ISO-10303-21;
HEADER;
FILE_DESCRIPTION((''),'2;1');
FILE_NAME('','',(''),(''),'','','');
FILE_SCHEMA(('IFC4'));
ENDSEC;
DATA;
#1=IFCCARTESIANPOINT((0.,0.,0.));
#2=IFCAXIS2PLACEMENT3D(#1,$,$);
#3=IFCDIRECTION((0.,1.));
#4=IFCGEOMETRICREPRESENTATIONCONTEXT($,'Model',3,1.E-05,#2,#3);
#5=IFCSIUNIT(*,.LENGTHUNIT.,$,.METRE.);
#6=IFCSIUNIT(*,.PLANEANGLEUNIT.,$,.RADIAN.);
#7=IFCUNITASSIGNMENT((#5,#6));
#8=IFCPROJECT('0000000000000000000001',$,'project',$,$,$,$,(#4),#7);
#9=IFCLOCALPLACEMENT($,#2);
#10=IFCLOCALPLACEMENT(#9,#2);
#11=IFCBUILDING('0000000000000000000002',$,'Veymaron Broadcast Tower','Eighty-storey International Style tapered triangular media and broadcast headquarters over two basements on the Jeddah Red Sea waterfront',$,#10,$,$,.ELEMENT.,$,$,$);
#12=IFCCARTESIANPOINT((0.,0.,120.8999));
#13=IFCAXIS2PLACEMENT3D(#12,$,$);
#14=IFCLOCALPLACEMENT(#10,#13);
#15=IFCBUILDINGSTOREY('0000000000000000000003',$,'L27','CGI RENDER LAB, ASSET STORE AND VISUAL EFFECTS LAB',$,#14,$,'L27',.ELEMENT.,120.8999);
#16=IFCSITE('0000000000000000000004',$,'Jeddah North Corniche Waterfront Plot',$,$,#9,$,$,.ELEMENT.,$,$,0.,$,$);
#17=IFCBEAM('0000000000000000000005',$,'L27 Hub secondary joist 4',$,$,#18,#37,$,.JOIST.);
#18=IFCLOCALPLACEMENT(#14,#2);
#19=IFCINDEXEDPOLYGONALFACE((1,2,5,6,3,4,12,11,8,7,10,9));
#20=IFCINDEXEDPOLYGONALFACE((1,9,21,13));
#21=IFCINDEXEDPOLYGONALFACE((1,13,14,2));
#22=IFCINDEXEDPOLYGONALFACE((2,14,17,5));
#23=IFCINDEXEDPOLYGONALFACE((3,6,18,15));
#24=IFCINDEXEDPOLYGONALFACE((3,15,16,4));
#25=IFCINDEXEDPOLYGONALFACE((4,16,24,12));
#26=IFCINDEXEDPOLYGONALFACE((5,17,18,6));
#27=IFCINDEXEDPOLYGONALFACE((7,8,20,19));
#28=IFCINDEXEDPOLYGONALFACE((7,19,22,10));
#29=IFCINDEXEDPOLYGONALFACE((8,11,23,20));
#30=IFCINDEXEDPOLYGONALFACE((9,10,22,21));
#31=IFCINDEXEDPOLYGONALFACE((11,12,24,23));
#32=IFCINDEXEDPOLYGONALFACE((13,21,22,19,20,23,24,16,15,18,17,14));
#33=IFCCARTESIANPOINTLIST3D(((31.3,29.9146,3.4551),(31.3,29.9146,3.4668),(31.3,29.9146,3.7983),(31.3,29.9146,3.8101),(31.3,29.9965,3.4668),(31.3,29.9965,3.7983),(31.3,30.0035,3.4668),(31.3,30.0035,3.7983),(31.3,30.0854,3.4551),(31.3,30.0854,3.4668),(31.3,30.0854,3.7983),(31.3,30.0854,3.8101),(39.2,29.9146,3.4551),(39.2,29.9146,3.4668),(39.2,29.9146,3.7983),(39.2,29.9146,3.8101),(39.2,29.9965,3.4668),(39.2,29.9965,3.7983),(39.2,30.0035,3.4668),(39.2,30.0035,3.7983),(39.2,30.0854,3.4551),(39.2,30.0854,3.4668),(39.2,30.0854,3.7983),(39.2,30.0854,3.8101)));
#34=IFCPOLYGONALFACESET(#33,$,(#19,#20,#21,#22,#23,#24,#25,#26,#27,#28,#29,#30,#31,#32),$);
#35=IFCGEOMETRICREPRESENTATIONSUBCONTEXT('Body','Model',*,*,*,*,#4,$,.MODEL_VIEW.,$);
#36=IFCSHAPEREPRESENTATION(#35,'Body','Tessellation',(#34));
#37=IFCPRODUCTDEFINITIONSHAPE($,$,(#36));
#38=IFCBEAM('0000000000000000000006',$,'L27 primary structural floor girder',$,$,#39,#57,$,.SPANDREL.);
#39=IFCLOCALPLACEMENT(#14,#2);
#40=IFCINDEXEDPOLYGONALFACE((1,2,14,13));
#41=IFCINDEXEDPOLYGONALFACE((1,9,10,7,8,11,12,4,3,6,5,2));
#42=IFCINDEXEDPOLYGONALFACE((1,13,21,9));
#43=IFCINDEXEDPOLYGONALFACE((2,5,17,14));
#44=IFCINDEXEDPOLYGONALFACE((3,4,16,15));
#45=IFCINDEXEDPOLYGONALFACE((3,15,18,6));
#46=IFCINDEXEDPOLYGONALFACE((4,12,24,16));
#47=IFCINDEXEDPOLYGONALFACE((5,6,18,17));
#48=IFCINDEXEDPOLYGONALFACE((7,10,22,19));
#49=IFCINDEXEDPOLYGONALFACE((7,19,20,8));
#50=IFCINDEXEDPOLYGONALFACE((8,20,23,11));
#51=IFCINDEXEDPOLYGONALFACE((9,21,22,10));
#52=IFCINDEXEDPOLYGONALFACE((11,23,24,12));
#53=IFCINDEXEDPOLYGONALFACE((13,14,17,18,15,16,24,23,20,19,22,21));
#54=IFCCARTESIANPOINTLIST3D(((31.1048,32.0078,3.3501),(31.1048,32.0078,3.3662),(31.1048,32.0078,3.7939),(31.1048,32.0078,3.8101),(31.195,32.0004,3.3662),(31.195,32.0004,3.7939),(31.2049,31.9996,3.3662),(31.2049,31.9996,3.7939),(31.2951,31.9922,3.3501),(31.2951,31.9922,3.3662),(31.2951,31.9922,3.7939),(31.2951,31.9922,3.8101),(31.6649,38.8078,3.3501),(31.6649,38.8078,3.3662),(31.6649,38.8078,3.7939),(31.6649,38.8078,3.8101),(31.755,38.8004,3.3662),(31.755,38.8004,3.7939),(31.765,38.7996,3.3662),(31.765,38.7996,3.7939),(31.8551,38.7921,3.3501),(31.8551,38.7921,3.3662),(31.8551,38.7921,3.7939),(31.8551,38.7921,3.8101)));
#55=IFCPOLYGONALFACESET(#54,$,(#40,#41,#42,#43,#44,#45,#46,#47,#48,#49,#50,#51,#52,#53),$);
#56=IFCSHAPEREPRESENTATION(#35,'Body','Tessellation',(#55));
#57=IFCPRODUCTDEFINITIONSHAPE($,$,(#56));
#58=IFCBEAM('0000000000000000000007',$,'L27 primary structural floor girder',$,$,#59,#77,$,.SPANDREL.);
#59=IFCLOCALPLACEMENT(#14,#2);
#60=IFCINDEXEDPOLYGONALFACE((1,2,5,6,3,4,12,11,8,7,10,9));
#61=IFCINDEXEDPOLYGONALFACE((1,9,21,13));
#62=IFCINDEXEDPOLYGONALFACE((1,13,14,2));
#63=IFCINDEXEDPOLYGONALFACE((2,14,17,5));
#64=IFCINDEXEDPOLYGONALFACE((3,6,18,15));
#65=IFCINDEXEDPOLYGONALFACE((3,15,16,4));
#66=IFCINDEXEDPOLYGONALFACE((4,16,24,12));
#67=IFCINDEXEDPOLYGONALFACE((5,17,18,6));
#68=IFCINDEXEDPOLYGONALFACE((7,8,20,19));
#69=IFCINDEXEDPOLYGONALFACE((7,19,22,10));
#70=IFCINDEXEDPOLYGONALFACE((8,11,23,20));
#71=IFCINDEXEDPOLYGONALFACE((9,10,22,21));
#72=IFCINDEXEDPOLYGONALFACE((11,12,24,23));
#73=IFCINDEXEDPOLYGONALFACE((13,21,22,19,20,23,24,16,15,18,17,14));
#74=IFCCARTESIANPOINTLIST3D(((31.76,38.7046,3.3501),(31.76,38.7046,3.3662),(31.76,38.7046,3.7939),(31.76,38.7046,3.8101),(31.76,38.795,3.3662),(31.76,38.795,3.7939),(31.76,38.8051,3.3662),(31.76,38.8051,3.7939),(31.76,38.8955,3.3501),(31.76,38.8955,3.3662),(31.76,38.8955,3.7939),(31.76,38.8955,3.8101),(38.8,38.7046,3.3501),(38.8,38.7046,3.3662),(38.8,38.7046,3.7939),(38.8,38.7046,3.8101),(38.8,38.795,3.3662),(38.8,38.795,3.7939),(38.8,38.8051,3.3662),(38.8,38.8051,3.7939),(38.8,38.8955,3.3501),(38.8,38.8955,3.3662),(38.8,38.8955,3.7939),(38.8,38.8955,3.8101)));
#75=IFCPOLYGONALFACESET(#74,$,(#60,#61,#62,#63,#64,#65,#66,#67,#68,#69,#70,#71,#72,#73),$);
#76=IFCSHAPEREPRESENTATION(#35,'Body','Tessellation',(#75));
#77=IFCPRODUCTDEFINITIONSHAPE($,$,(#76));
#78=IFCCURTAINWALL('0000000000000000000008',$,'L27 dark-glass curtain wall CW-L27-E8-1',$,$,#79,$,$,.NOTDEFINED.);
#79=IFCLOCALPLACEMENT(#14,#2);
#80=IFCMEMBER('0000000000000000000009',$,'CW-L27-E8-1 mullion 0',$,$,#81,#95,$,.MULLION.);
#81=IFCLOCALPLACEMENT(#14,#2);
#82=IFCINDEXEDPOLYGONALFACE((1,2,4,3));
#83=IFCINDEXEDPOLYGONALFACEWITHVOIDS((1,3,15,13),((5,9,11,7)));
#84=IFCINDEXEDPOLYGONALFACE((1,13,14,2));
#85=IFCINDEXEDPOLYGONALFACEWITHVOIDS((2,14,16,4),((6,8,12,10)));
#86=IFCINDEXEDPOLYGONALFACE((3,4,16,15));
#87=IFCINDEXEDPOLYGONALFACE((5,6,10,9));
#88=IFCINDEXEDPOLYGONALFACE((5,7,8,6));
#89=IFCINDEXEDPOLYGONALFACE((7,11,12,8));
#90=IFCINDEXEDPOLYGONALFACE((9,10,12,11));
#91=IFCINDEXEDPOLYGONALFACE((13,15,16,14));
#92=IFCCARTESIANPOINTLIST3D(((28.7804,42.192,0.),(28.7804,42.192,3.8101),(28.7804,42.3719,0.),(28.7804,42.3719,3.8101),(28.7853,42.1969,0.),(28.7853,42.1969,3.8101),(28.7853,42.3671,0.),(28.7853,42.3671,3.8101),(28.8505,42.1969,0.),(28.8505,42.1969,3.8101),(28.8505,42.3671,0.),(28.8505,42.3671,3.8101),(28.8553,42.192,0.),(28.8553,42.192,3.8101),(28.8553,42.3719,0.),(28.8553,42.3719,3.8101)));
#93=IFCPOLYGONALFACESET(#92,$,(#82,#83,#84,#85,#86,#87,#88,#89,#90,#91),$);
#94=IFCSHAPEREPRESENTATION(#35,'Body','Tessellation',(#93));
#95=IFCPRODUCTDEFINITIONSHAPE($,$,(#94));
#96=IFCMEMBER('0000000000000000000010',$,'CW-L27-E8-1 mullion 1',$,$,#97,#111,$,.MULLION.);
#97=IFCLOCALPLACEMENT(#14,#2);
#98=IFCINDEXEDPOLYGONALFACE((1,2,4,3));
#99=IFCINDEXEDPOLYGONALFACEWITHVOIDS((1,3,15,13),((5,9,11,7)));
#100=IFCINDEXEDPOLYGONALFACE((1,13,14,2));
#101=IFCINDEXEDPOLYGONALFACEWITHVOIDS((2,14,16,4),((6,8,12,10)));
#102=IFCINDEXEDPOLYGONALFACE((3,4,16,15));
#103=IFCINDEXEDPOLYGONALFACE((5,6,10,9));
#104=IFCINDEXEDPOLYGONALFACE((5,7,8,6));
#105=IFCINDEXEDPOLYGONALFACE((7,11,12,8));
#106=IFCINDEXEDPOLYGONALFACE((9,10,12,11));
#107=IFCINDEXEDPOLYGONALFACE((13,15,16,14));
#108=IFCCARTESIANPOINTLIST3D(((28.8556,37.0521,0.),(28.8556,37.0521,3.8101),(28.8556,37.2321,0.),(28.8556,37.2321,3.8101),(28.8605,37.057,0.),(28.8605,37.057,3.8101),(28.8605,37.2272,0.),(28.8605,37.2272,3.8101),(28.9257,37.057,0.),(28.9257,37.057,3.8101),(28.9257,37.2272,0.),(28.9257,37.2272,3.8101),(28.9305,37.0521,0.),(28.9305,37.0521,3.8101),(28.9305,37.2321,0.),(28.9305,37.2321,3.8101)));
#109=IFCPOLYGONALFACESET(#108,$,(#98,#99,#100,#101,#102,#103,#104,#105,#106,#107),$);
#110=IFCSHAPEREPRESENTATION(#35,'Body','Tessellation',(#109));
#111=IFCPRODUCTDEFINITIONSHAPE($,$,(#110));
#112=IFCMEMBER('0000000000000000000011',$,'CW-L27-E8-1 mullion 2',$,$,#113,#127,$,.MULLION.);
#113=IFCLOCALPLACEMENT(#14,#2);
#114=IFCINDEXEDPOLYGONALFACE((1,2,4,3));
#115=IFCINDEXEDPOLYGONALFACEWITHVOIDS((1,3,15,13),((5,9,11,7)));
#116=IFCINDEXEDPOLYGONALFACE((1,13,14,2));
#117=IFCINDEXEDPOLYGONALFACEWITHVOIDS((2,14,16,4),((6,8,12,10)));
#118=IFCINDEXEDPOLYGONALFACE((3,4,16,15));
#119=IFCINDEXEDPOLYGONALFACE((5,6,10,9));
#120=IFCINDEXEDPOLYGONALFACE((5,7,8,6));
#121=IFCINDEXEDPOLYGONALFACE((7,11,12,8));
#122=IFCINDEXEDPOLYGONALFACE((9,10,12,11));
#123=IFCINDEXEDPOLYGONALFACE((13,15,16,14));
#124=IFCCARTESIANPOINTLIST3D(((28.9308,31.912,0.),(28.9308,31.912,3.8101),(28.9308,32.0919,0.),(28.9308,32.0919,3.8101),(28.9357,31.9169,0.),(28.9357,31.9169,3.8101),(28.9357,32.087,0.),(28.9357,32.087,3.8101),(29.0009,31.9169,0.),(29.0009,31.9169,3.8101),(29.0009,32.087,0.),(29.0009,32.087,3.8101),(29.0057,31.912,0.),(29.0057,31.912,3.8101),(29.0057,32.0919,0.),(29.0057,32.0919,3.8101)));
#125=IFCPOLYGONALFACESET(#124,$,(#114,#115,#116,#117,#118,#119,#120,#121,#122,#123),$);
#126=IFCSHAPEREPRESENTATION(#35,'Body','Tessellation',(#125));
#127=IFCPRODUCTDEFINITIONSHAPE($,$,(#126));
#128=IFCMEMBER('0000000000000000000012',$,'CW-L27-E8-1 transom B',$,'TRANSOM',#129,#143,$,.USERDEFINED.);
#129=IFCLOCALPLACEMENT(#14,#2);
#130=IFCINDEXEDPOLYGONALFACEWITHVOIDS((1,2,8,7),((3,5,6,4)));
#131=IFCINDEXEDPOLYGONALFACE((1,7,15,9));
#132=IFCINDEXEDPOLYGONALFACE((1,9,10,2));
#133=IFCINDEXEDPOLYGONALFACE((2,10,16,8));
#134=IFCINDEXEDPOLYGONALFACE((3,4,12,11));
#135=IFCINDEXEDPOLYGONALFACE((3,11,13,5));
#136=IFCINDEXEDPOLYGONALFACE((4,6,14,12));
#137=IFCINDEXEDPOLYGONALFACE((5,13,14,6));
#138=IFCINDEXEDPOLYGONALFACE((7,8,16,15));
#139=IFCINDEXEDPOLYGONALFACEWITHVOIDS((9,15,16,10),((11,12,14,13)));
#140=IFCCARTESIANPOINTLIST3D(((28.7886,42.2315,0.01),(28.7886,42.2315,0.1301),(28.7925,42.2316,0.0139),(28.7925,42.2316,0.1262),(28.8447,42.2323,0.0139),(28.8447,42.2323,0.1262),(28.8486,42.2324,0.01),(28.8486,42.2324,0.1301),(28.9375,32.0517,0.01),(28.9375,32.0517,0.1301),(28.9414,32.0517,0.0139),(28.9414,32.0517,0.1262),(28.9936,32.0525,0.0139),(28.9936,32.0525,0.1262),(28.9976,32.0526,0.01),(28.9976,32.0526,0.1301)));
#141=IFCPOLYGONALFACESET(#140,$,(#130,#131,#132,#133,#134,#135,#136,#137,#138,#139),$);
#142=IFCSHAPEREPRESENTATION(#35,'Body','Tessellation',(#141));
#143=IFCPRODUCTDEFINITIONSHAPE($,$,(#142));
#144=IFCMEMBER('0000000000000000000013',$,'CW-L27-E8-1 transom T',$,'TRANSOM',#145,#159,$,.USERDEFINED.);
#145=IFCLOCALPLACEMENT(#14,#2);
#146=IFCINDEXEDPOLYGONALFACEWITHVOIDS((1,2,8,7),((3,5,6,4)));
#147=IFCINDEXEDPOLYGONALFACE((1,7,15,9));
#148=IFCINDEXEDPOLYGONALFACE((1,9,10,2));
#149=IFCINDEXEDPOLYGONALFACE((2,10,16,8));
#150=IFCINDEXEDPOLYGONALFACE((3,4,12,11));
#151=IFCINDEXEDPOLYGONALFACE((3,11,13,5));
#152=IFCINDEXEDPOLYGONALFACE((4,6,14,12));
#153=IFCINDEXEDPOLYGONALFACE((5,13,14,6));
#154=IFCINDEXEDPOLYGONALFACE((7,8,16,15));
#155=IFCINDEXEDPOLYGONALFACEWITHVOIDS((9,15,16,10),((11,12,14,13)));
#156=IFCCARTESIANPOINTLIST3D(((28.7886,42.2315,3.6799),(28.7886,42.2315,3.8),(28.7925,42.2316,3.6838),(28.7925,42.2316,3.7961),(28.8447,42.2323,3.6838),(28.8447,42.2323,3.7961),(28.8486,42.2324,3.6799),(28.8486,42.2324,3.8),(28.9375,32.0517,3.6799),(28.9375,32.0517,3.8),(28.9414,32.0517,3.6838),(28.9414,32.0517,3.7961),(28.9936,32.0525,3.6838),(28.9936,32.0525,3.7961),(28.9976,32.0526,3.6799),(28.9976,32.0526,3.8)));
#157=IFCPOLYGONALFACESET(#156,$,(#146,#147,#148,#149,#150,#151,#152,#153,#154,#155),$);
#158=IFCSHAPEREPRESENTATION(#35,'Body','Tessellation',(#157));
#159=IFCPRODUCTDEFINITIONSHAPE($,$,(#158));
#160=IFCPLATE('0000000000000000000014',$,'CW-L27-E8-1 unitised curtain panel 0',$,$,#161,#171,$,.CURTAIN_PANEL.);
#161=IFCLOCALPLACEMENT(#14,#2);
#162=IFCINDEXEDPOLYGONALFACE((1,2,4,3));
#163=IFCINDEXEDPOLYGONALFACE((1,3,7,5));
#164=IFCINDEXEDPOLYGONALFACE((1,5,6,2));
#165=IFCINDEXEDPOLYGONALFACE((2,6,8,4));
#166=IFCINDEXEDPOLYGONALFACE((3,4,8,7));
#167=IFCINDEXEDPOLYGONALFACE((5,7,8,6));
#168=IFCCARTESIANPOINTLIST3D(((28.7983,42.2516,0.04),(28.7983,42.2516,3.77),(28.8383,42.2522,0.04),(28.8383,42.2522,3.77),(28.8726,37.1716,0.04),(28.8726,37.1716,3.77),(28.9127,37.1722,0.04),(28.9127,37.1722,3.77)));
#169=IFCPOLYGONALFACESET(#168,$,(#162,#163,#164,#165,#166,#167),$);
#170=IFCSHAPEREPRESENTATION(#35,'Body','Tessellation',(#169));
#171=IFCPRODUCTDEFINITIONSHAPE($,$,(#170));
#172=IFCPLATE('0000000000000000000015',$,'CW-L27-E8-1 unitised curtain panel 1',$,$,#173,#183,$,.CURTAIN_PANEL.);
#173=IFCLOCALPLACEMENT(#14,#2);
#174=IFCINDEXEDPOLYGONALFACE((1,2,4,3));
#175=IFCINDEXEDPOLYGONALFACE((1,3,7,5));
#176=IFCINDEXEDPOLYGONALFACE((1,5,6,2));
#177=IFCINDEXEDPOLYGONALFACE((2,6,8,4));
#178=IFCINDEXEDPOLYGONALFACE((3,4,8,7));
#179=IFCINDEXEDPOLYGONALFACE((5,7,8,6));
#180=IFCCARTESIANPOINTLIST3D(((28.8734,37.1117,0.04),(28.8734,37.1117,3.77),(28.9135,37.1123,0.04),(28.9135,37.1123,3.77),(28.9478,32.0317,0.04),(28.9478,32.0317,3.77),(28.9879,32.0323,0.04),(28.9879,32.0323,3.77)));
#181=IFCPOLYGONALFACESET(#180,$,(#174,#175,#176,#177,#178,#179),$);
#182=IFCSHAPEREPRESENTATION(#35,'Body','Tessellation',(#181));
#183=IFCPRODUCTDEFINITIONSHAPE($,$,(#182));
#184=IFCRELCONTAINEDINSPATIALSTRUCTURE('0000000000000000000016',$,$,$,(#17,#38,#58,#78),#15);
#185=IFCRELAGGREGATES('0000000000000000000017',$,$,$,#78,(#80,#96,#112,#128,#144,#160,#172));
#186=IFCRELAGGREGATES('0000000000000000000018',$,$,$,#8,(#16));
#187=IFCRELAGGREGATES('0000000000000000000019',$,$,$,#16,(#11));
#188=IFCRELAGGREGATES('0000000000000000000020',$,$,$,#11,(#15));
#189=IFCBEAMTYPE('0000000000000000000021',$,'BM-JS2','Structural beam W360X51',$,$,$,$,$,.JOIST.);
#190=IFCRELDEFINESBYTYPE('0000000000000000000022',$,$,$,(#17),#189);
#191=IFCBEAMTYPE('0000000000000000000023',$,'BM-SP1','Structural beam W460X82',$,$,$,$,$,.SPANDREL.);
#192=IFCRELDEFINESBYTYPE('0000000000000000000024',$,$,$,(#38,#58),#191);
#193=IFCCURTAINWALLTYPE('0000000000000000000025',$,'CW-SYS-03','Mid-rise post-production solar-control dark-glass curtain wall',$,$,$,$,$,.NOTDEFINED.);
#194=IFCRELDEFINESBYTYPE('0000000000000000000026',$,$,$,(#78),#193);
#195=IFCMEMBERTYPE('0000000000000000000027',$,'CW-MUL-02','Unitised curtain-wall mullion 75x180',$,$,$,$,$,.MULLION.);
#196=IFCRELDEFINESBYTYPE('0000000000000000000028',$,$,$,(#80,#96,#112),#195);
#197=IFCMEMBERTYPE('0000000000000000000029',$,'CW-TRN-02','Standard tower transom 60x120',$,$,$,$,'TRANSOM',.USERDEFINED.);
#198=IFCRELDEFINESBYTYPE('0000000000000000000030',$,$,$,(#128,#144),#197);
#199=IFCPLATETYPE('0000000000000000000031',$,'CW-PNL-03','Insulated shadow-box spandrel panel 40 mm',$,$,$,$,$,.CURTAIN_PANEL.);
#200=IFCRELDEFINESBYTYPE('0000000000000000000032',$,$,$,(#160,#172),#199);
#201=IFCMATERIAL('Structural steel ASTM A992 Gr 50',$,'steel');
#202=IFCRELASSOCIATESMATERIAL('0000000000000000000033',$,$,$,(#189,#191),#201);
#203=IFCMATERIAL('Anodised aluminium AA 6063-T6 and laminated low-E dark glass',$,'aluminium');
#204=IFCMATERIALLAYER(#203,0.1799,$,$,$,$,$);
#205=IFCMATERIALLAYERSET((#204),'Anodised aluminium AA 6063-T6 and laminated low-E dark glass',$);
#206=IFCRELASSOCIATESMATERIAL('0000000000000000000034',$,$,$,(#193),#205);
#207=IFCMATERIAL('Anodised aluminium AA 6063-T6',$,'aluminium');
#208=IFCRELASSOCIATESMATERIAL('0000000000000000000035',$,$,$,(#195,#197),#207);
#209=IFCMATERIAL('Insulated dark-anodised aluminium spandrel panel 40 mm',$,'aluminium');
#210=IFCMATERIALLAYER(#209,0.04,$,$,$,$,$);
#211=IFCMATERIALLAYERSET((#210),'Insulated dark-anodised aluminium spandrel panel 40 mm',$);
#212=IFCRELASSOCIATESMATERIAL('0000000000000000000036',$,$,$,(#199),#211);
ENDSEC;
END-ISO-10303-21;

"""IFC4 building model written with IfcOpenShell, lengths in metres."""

from ifc_helpers import new_model, si_unit, direction, frame, origin, origin_2d, place, context, subcontext, project, spatial, rectangle, hollow_rectangle, i_section, extrude, material, layer, layer_set, material_profile, profile_set, type_object, element, aggregate, save


model = new_model("IFC4")

# Units and contexts
model_context = context("Model", 3, precision=1e-05, world=origin(), true_north=direction((0.0, 1.0)))
body_context = subcontext(model_context, "Body", "Model", "MODEL_VIEW")
ifc_project = project(units=[si_unit("LENGTHUNIT", "METRE"), si_unit("PLANEANGLEUNIT", "RADIAN")], contexts=[model_context])

# Site, building, storey
site_placement = place(None, origin())
site = spatial("IfcSite", under=ifc_project, at=site_placement, Name="Jeddah North Corniche Waterfront Plot", CompositionType="ELEMENT", RefElevation=0.0)
building_placement = place(site_placement, origin())
building = spatial("IfcBuilding", under=site, at=building_placement, Name="Veymaron Broadcast Tower", Description="Eighty-storey International Style tapered triangular media and broadcast headquarters over two basements on the Jeddah Red Sea waterfront", CompositionType="ELEMENT")
storey_placement = place(building_placement, frame((0.0, 0.0, 120.8999)))
storey = spatial("IfcBuildingStorey", under=building, at=storey_placement, Name="L27", Description="CGI RENDER LAB, ASSET STORE AND VISUAL EFFECTS LAB", LongName="L27", CompositionType="ELEMENT", Elevation=120.8999)

# Shared definitions
ifc_material_1 = material(Name="Structural steel ASTM A992 Gr 50", Category="steel")

# Beams
ifc_material_profile_1 = material_profile(ifc_material_1, i_section(OverallWidth=0.1709, OverallDepth=0.355, WebThickness=0.0071, FlangeThickness=0.0117, at=origin_2d()), Name="W360X51")
ifc_profile_set_1 = profile_set([ifc_material_profile_1], Name="Structural steel ASTM A992 Gr 50")
beam_type_1 = type_object("IfcBeamType", Name="BM-JS2", Description="Structural beam W360X51", PredefinedType="JOIST", material=ifc_profile_set_1)
for number, where, z_axis, x_axis, name in (
    (1, (31.3, 30.0, 3.6326), (1.0, 0.0, 0.0), (0.0, 1.0, 0.0), "L27 Hub secondary joist 4"),
):
    element("IfcBeam", number, at=place(storey_placement, frame(where, z_axis=z_axis, x_axis=x_axis)), inside=storey, type_object=beam_type_1, Name=name, PredefinedType="JOIST", context=body_context, shape_type="SweptSolid", body=[
        extrude(i_section(OverallWidth=0.1709, OverallDepth=0.355, WebThickness=0.0071, FlangeThickness=0.0117, at=origin_2d()), origin(), (0.0, 0.0, 1.0), 7.8999),
    ])
ifc_material_profile_2 = material_profile(ifc_material_1, i_section(OverallWidth=0.1909, OverallDepth=0.46, WebThickness=0.01, FlangeThickness=0.0161, at=origin_2d()), Name="W460X82")
ifc_profile_set_2 = profile_set([ifc_material_profile_2], Name="Structural steel ASTM A992 Gr 50")
beam_type_2 = type_object("IfcBeamType", Name="BM-SP1", Description="Structural beam W460X82", PredefinedType="SPANDREL", material=ifc_profile_set_2)
beam_1_placement = place(storey_placement, frame((31.2, 32.0, 3.5801), z_axis=(0.082083, 0.996625, 0.0), x_axis=(-0.996625, 0.082083, 0.0)))
element("IfcBeam", 2, at=beam_1_placement, inside=storey, type_object=beam_type_2, Name="L27 primary structural floor girder", PredefinedType="SPANDREL", context=body_context, shape_type="SweptSolid", body=[
    extrude(i_section(OverallWidth=0.1909, OverallDepth=0.46, WebThickness=0.01, FlangeThickness=0.0161, at=origin_2d()), origin(), (0.0, 0.0, 1.0), 6.823),
])
beam_2_placement = place(storey_placement, frame((31.76, 38.8, 3.5801), z_axis=(1.0, 0.0, 0.0), x_axis=(0.0, 1.0, 0.0)))
element("IfcBeam", 3, at=beam_2_placement, inside=storey, type_object=beam_type_2, Name="L27 primary structural floor girder", PredefinedType="SPANDREL", context=body_context, shape_type="SweptSolid", body=[
    extrude(i_section(OverallWidth=0.1909, OverallDepth=0.46, WebThickness=0.01, FlangeThickness=0.0161, at=origin_2d()), origin(), (0.0, 0.0, 1.0), 7.04),
])

# Curtain wall, members, plates
ifc_material_2 = material(Name="Anodised aluminium AA 6063-T6 and laminated low-E dark glass", Category="aluminium")
ifc_layer_1 = layer(ifc_material_2, 0.1799)
ifc_layer_set_1 = layer_set([ifc_layer_1], Name="Anodised aluminium AA 6063-T6 and laminated low-E dark glass")
curtain_wall_type = type_object("IfcCurtainWallType", Name="CW-SYS-03", Description="Mid-rise post-production solar-control dark-glass curtain wall", PredefinedType="NOTDEFINED", material=ifc_layer_set_1)
curtain_wall_placement = place(storey_placement, origin())
curtain_wall = element("IfcCurtainWall", 4, at=curtain_wall_placement, inside=storey, type_object=curtain_wall_type, Name="L27 dark-glass curtain wall CW-L27-E8-1", PredefinedType="NOTDEFINED")
ifc_material_3 = material(Name="Anodised aluminium AA 6063-T6", Category="aluminium")
ifc_material_profile_3 = material_profile(ifc_material_3, hollow_rectangle(XDim=0.075, YDim=0.1799, WallThickness=0.0049, at=origin_2d()), Name="AL180X75X5")
ifc_profile_set_3 = profile_set([ifc_material_profile_3], Name="Anodised aluminium AA 6063-T6")
member_type_1 = type_object("IfcMemberType", Name="CW-MUL-02", Description="Unitised curtain-wall mullion 75x180", PredefinedType="MULLION", material=ifc_profile_set_3)
member_1_placement = place(storey_placement, frame((28.8179, 42.282, 0.0), z_axis=(0.0, 0.0, 1.0), x_axis=(1.0, 0.0, 0.0)))
member_1 = element("IfcMember", 5, at=member_1_placement, type_object=member_type_1, Name="CW-L27-E8-1 mullion 0", PredefinedType="MULLION", context=body_context, shape_type="SweptSolid", body=[
    extrude(hollow_rectangle(XDim=0.075, YDim=0.1799, WallThickness=0.0049, at=origin_2d()), origin(), (0.0, 0.0, 1.0), 3.8101),
])
member_2_placement = place(storey_placement, frame((28.8931, 37.1421, 0.0), z_axis=(0.0, 0.0, 1.0), x_axis=(1.0, 0.0, 0.0)))
member_2 = element("IfcMember", 6, at=member_2_placement, type_object=member_type_1, Name="CW-L27-E8-1 mullion 1", PredefinedType="MULLION", context=body_context, shape_type="SweptSolid", body=[
    extrude(hollow_rectangle(XDim=0.075, YDim=0.1799, WallThickness=0.0049, at=origin_2d()), origin(), (0.0, 0.0, 1.0), 3.8101),
])
member_3_placement = place(storey_placement, frame((28.9683, 32.002, 0.0), z_axis=(0.0, 0.0, 1.0), x_axis=(1.0, 0.0, 0.0)))
member_3 = element("IfcMember", 7, at=member_3_placement, type_object=member_type_1, Name="CW-L27-E8-1 mullion 2", PredefinedType="MULLION", context=body_context, shape_type="SweptSolid", body=[
    extrude(hollow_rectangle(XDim=0.075, YDim=0.1799, WallThickness=0.0049, at=origin_2d()), origin(), (0.0, 0.0, 1.0), 3.8101),
])
ifc_material_profile_4 = material_profile(ifc_material_3, hollow_rectangle(XDim=0.0601, YDim=0.1201, WallThickness=0.0039, at=origin_2d()), Name="AL120X60X4")
ifc_profile_set_4 = profile_set([ifc_material_profile_4], Name="Anodised aluminium AA 6063-T6")
member_type_2 = type_object("IfcMemberType", Name="CW-TRN-02", Description="Standard tower transom 60x120", ElementType="TRANSOM", PredefinedType="USERDEFINED", material=ifc_profile_set_4)
member_4_placement = place(storey_placement, frame((28.8186, 42.2319, 0.0701), z_axis=(0.014628, -0.999893, 0.0), x_axis=(0.999893, 0.014628, 0.0)))
member_4 = element("IfcMember", 8, at=member_4_placement, type_object=member_type_2, Name="CW-L27-E8-1 transom B", ObjectType="TRANSOM", PredefinedType="USERDEFINED", context=body_context, shape_type="SweptSolid", body=[
    extrude(hollow_rectangle(XDim=0.0601, YDim=0.1201, WallThickness=0.0039, at=origin_2d()), origin(), (0.0, 0.0, 1.0), 10.1809),
])
member_5_placement = place(storey_placement, frame((28.8186, 42.2319, 3.74), z_axis=(0.014628, -0.999893, 0.0), x_axis=(0.999893, 0.014628, 0.0)))
member_5 = element("IfcMember", 9, at=member_5_placement, type_object=member_type_2, Name="CW-L27-E8-1 transom T", ObjectType="TRANSOM", PredefinedType="USERDEFINED", context=body_context, shape_type="SweptSolid", body=[
    extrude(hollow_rectangle(XDim=0.0601, YDim=0.1201, WallThickness=0.0039, at=origin_2d()), origin(), (0.0, 0.0, 1.0), 10.1809),
])
ifc_material_4 = material(Name="Insulated dark-anodised aluminium spandrel panel 40 mm", Category="aluminium")
ifc_layer_2 = layer(ifc_material_4, 0.04)
ifc_layer_set_2 = layer_set([ifc_layer_2], Name="Insulated dark-anodised aluminium spandrel panel 40 mm")
plate_type = type_object("IfcPlateType", Name="CW-PNL-03", Description="Insulated shadow-box spandrel panel 40 mm", PredefinedType="CURTAIN_PANEL", material=ifc_layer_set_2)
plate_1_placement = place(storey_placement, frame((28.8555, 39.7119, 0.04), z_axis=(0.0, 0.0, 1.0), x_axis=(0.014643, -0.999893, 0.0)))
plate_1 = element("IfcPlate", 10, at=plate_1_placement, type_object=plate_type, Name="CW-L27-E8-1 unitised curtain panel 0", PredefinedType="CURTAIN_PANEL", context=body_context, shape_type="SweptSolid", body=[
    extrude(rectangle(XDim=5.0806, YDim=0.04, at=origin_2d()), origin(), (0.0, 0.0, 1.0), 3.73),
])
plate_2_placement = place(storey_placement, frame((28.9307, 34.572, 0.04), z_axis=(0.0, 0.0, 1.0), x_axis=(0.014643, -0.999893, 0.0)))
plate_2 = element("IfcPlate", 11, at=plate_2_placement, type_object=plate_type, Name="CW-L27-E8-1 unitised curtain panel 1", PredefinedType="CURTAIN_PANEL", context=body_context, shape_type="SweptSolid", body=[
    extrude(rectangle(XDim=5.0806, YDim=0.04, at=origin_2d()), origin(), (0.0, 0.0, 1.0), 3.73),
])
aggregate(curtain_wall, [member_1, member_2, member_3, member_4, member_5, plate_1, plate_2])

save(model, "model.ifc")
